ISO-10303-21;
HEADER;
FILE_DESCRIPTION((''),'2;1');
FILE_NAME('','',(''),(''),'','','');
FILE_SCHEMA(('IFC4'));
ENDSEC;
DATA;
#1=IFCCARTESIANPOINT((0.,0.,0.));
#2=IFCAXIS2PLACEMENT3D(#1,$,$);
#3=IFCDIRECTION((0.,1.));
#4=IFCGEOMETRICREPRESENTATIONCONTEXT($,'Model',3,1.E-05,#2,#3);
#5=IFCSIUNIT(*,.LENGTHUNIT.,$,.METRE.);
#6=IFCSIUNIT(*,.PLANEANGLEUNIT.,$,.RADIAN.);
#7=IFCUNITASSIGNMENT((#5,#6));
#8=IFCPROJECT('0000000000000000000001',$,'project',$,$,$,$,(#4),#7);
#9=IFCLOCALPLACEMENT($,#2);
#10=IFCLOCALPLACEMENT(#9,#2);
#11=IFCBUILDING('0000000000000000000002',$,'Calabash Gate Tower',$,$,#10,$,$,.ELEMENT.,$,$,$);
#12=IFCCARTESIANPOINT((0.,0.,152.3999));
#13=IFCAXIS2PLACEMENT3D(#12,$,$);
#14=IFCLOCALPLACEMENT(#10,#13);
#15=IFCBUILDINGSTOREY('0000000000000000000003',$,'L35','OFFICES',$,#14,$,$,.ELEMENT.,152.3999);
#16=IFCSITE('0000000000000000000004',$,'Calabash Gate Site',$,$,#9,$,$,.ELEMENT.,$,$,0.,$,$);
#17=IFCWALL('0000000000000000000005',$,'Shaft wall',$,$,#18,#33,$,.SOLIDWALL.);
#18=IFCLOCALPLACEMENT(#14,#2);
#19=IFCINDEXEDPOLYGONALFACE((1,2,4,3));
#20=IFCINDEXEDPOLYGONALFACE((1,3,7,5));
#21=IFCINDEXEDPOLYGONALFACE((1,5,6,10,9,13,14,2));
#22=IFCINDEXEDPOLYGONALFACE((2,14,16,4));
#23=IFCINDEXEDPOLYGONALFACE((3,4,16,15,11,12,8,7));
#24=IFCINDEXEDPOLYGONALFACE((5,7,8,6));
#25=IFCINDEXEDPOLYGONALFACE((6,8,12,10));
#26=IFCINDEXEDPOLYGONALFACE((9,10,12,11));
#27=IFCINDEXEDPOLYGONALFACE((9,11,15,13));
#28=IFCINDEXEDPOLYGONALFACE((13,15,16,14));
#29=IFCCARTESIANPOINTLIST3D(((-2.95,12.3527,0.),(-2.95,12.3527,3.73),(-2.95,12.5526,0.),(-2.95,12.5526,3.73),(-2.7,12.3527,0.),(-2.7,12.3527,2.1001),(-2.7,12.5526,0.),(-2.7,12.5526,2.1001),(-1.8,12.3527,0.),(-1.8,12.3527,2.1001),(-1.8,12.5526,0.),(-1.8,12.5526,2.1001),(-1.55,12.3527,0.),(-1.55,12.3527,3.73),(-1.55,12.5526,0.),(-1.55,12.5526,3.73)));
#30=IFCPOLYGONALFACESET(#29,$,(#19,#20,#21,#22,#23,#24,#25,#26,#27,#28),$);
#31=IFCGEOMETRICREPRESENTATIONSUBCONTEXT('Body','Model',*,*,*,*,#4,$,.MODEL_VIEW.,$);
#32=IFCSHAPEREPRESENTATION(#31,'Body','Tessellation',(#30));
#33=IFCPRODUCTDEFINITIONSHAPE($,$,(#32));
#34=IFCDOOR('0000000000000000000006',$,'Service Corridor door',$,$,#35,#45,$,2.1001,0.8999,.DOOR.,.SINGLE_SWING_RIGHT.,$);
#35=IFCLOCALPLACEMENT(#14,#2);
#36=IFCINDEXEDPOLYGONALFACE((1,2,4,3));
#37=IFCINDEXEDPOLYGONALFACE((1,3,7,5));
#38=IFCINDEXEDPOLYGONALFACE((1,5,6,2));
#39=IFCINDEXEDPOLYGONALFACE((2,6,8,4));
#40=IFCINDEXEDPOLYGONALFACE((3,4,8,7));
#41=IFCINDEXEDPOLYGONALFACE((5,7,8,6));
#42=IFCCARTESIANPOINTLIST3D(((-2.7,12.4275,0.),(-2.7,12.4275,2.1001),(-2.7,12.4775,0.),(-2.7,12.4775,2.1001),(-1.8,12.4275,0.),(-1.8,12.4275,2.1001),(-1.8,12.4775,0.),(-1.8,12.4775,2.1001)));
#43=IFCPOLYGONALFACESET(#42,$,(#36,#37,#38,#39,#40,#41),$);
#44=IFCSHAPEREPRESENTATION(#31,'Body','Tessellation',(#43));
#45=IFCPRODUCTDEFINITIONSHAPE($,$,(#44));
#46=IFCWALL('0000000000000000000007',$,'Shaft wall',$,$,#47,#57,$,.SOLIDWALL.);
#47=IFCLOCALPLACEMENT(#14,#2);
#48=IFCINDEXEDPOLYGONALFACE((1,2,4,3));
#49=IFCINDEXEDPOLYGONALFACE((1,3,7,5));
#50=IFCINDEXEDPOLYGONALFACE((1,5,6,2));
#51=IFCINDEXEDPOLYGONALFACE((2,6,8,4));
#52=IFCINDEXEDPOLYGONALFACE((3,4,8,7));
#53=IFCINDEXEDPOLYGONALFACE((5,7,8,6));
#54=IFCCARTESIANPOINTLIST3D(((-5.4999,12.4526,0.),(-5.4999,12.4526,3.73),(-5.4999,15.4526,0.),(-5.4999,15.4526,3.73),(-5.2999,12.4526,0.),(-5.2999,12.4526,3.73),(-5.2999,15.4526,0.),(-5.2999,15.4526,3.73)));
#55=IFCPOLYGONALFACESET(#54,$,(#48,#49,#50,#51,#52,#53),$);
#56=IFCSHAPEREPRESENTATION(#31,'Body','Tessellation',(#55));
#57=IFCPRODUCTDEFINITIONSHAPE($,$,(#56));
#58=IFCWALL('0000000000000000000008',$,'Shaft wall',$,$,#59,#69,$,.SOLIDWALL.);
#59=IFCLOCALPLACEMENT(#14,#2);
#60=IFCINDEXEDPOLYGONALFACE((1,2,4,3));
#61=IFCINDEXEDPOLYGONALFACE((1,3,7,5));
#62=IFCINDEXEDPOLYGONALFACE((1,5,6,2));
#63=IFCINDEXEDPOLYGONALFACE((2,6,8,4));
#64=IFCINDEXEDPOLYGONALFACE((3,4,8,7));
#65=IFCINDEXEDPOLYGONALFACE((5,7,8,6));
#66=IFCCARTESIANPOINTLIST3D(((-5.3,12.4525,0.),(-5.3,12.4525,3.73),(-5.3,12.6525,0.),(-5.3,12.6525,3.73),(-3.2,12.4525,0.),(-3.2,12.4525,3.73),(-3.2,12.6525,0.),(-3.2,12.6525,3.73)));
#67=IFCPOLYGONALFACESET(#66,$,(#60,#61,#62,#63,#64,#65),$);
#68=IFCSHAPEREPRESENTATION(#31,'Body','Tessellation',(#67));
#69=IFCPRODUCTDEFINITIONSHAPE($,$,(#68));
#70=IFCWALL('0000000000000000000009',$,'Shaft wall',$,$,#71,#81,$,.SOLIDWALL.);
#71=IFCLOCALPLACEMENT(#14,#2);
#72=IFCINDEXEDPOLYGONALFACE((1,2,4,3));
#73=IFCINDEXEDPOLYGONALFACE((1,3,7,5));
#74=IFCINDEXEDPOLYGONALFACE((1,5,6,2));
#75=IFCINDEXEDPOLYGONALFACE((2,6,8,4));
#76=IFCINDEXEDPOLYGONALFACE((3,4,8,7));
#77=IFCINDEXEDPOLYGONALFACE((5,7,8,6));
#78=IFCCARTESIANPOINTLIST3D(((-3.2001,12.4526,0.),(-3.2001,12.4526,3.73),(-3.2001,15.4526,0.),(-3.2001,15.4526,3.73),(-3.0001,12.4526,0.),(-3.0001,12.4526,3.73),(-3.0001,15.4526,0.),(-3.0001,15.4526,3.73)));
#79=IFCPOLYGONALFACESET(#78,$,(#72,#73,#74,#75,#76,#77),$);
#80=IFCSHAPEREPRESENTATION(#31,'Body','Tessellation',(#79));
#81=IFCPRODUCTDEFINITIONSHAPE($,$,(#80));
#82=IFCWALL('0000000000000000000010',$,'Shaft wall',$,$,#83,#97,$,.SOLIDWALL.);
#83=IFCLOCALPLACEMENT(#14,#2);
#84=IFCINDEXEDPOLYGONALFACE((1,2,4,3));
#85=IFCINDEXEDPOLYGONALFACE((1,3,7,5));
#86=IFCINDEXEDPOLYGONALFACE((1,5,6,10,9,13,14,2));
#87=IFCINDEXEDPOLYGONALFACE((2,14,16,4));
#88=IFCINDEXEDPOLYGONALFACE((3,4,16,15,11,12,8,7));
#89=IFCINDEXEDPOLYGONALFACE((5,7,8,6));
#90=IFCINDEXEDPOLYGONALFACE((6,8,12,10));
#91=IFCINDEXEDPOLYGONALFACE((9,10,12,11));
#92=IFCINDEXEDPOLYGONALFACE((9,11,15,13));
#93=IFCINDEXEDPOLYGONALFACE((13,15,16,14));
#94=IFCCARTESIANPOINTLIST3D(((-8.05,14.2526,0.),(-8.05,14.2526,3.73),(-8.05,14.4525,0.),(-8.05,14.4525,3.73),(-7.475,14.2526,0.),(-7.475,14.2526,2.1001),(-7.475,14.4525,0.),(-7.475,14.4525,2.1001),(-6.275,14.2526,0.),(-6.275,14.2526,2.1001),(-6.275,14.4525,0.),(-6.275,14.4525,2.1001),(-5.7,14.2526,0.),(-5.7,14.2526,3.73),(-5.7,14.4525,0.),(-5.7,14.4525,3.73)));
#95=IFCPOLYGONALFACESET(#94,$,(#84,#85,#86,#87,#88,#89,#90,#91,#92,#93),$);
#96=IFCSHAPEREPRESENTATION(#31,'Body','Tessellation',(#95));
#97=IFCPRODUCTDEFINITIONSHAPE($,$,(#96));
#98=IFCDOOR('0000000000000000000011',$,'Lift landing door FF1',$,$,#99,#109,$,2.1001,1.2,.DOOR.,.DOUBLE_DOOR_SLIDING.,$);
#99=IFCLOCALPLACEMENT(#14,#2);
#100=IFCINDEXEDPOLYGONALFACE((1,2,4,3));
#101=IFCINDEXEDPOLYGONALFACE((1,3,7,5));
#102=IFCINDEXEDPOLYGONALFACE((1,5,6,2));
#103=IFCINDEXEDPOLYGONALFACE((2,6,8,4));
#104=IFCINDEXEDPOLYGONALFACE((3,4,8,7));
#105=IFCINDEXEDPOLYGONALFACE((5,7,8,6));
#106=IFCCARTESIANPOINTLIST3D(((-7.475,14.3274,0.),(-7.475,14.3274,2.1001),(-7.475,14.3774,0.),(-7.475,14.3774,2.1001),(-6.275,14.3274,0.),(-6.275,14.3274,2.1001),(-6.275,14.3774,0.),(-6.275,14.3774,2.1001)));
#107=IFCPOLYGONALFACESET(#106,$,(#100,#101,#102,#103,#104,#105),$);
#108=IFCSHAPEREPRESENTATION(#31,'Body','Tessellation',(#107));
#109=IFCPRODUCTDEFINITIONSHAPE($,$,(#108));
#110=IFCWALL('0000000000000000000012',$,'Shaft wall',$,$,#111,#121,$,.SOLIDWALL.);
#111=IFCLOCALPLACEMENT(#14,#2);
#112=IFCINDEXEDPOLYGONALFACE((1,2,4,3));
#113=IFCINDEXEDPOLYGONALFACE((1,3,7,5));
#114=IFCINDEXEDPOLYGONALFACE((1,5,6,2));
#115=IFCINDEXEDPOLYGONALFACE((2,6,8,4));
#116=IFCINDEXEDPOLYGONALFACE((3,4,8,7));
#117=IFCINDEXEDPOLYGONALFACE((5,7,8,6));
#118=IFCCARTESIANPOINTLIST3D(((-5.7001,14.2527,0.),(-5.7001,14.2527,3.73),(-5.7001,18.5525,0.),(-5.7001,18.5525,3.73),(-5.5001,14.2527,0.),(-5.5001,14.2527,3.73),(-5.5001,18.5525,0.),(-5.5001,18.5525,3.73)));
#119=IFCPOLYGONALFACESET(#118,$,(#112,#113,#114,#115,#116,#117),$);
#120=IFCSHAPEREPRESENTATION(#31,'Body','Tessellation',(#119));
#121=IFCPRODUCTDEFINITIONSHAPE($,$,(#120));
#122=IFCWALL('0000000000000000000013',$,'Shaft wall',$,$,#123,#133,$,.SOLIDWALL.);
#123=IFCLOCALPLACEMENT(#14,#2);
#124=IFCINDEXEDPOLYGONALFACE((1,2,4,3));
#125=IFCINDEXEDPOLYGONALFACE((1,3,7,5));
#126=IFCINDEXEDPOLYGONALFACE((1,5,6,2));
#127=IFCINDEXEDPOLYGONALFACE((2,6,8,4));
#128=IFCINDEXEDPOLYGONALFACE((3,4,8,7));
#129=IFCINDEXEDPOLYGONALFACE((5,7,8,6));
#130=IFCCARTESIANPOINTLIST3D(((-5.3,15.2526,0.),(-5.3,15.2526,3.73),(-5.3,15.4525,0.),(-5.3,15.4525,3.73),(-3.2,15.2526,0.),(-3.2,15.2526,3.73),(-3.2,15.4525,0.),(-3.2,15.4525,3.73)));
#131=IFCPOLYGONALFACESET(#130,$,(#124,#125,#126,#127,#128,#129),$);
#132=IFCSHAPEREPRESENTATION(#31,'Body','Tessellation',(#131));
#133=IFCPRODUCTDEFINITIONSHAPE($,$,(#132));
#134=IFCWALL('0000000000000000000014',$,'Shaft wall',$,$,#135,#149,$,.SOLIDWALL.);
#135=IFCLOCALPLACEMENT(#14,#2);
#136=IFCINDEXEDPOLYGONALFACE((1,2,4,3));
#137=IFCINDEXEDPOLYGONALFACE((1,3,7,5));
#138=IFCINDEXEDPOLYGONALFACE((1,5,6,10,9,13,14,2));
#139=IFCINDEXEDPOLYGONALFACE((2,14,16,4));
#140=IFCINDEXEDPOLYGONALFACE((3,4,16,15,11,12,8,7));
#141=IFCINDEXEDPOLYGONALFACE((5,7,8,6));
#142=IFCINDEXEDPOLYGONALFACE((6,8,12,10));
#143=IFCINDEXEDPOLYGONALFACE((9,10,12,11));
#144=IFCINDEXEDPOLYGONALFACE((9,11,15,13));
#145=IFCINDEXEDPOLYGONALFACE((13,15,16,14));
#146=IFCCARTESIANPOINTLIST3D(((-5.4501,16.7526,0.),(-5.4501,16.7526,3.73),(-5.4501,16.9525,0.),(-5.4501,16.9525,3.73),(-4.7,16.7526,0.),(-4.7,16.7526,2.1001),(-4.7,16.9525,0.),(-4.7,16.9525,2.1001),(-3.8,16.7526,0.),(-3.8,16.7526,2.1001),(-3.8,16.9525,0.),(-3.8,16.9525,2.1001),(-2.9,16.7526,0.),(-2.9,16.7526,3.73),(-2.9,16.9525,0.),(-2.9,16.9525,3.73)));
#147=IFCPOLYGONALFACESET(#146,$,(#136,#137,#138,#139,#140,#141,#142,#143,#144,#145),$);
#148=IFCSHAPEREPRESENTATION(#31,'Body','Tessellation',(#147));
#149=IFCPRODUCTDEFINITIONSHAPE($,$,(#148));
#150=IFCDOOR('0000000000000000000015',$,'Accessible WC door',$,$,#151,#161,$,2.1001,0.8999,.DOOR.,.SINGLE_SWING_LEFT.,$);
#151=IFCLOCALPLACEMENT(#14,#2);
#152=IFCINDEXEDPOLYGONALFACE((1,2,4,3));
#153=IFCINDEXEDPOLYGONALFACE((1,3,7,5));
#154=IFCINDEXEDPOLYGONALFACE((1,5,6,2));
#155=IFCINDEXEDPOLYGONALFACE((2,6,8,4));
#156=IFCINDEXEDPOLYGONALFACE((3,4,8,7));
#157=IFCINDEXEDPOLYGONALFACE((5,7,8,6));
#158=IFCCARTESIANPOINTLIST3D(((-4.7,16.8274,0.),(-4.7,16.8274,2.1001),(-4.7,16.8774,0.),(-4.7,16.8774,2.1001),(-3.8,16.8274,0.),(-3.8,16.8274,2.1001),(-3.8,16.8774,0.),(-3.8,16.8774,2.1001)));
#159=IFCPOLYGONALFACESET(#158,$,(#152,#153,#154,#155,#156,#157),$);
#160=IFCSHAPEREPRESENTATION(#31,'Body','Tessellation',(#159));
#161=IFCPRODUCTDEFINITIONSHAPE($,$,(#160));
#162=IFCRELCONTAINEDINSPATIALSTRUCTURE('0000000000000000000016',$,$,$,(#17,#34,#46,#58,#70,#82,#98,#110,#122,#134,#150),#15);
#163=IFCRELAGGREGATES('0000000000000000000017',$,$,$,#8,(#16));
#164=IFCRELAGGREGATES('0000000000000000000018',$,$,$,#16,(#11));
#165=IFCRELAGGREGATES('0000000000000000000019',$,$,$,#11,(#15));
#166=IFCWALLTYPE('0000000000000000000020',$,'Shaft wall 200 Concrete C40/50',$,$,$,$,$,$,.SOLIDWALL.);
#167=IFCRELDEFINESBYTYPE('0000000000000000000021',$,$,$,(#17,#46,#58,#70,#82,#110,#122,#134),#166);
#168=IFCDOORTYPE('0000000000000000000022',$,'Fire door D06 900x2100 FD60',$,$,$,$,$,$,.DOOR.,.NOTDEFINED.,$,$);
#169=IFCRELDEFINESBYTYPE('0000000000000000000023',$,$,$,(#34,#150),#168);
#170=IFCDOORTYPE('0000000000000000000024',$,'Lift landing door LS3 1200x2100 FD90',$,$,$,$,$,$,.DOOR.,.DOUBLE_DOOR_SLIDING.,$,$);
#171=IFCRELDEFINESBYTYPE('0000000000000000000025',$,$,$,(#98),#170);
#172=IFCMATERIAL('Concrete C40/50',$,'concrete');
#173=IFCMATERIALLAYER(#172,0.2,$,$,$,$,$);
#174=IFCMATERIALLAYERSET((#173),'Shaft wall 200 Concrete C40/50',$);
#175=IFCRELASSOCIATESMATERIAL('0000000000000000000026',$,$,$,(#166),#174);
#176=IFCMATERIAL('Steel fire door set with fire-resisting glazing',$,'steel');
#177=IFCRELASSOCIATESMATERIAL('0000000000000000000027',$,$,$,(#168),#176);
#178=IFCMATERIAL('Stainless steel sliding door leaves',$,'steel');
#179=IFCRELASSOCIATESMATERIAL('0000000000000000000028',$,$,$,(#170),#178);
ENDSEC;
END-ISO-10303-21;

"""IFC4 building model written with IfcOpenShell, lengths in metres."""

from ifc_helpers import new_model, si_unit, direction, frame, frame_2d, origin, place, context, subcontext, project, spatial, rectangle, extrude, material, layer, layer_set, type_object, element, fill, save


model = new_model("IFC4")

# Units and contexts
model_context = context("Model", 3, precision=1e-05, world=origin(), true_north=direction((0.0, 1.0)))
body_context = subcontext(model_context, "Body", "Model", "MODEL_VIEW")
ifc_project = project(units=[si_unit("LENGTHUNIT", "METRE"), si_unit("PLANEANGLEUNIT", "RADIAN")], contexts=[model_context])

# Site, building, storey
site_placement = place(None, origin())
site = spatial("IfcSite", under=ifc_project, at=site_placement, Name="Calabash Gate Site", CompositionType="ELEMENT", RefElevation=0.0)
building_placement = place(site_placement, origin())
building = spatial("IfcBuilding", under=site, at=building_placement, Name="Calabash Gate Tower", CompositionType="ELEMENT")
storey_placement = place(building_placement, frame((0.0, 0.0, 152.3999)))
storey = spatial("IfcBuildingStorey", under=building, at=storey_placement, Name="L35", Description="OFFICES", CompositionType="ELEMENT", Elevation=152.3999)

# Shared definitions
ifc_material_1 = material(Name="Concrete C40/50", Category="concrete")
ifc_layer_1 = layer(ifc_material_1, 0.2)
ifc_layer_set_1 = layer_set([ifc_layer_1], Name="Shaft wall 200 Concrete C40/50")
wall_type_1 = type_object("IfcWallType", Name="Shaft wall 200 Concrete C40/50", PredefinedType="SOLIDWALL", material=ifc_layer_set_1)

# Wall, opening, door
wall_1_placement = place(storey_placement, frame((-2.95, 12.4526, 0.0), z_axis=(0.0, 0.0, 1.0), x_axis=(1.0, 0.0, 0.0)))
wall_1 = element("IfcWall", 1, at=wall_1_placement, inside=storey, type_object=wall_type_1, Name="Shaft wall", PredefinedType="SOLIDWALL", context=body_context, shape_type="SweptSolid", body=[
    extrude(rectangle(XDim=1.3999, YDim=0.2, at=frame_2d((0.7, 0.0))), origin(), (0.0, 0.0, 1.0), 3.73),
])
opening_1_placement = place(wall_1_placement, frame((0.25, 0.0, 0.0)))
opening_1 = element("IfcOpeningElement", 2, at=opening_1_placement, cuts=wall_1, PredefinedType="OPENING", context=body_context, shape_type="SweptSolid", body=[
    extrude(rectangle(XDim=0.8999, YDim=2.1001, at=frame_2d((0.45, 1.05))), frame((0.0, 0.1099, 0.0), z_axis=(0.0, -1.0, 0.0), x_axis=(1.0, 0.0, 0.0)), (0.0, 0.0, 1.0), 0.22),
])
ifc_material_2 = material(Name="Steel fire door set with fire-resisting glazing", Category="steel")
door_type_1 = type_object("IfcDoorType", Name="Fire door D06 900x2100 FD60", OperationType="NOTDEFINED", PredefinedType="DOOR", material=ifc_material_2)
door_1_placement = place(opening_1_placement, origin())
door_1 = element("IfcDoor", 3, at=door_1_placement, inside=storey, type_object=door_type_1, Name="Service Corridor door", OperationType="SINGLE_SWING_RIGHT", OverallHeight=2.1001, OverallWidth=0.8999, PredefinedType="DOOR", context=body_context, shape_type="SweptSolid", body=[
    extrude(rectangle(XDim=0.8999, YDim=2.1001, at=frame_2d((0.45, 1.05))), frame((0.0, 0.0249, 0.0), z_axis=(0.0, -1.0, 0.0), x_axis=(1.0, 0.0, 0.0)), (0.0, 0.0, 1.0), 0.05),
])
fill(opening_1, door_1)

# Walls
wall_2_placement = place(storey_placement, frame((-5.3999, 12.4526, 0.0), z_axis=(0.0, 0.0, 1.0), x_axis=(0.0, 1.0, 0.0)))
element("IfcWall", 4, at=wall_2_placement, inside=storey, type_object=wall_type_1, Name="Shaft wall", PredefinedType="SOLIDWALL", context=body_context, shape_type="SweptSolid", body=[
    extrude(rectangle(XDim=3.0, YDim=0.2, at=frame_2d((1.5, 0.0))), origin(), (0.0, 0.0, 1.0), 3.73),
])
wall_3_placement = place(storey_placement, frame((-5.3, 12.5525, 0.0), z_axis=(0.0, 0.0, 1.0), x_axis=(1.0, 0.0, 0.0)))
element("IfcWall", 5, at=wall_3_placement, inside=storey, type_object=wall_type_1, Name="Shaft wall", PredefinedType="SOLIDWALL", context=body_context, shape_type="SweptSolid", body=[
    extrude(rectangle(XDim=2.1001, YDim=0.2, at=frame_2d((1.05, 0.0))), origin(), (0.0, 0.0, 1.0), 3.73),
])
wall_4_placement = place(storey_placement, frame((-3.1001, 12.4526, 0.0), z_axis=(0.0, 0.0, 1.0), x_axis=(0.0, 1.0, 0.0)))
element("IfcWall", 6, at=wall_4_placement, inside=storey, type_object=wall_type_1, Name="Shaft wall", PredefinedType="SOLIDWALL", context=body_context, shape_type="SweptSolid", body=[
    extrude(rectangle(XDim=3.0, YDim=0.2, at=frame_2d((1.5, 0.0))), origin(), (0.0, 0.0, 1.0), 3.73),
])

# Wall, opening, door
wall_5_placement = place(storey_placement, frame((-8.05, 14.3525, 0.0), z_axis=(0.0, 0.0, 1.0), x_axis=(1.0, 0.0, 0.0)))
wall_5 = element("IfcWall", 7, at=wall_5_placement, inside=storey, type_object=wall_type_1, Name="Shaft wall", PredefinedType="SOLIDWALL", context=body_context, shape_type="SweptSolid", body=[
    extrude(rectangle(XDim=2.3501, YDim=0.2, at=frame_2d((1.175, 0.0))), origin(), (0.0, 0.0, 1.0), 3.73),
])
opening_2_placement = place(wall_5_placement, frame((0.575, 0.0, 0.0)))
opening_2 = element("IfcOpeningElement", 8, at=opening_2_placement, cuts=wall_5, PredefinedType="OPENING", context=body_context, shape_type="SweptSolid", body=[
    extrude(rectangle(XDim=1.2, YDim=2.1001, at=frame_2d((0.6001, 1.05))), frame((0.0, 0.1099, 0.0), z_axis=(0.0, -1.0, 0.0), x_axis=(1.0, 0.0, 0.0)), (0.0, 0.0, 1.0), 0.22),
])
ifc_material_3 = material(Name="Stainless steel sliding door leaves", Category="steel")
door_type_2 = type_object("IfcDoorType", Name="Lift landing door LS3 1200x2100 FD90", OperationType="DOUBLE_DOOR_SLIDING", PredefinedType="DOOR", material=ifc_material_3)
door_2_placement = place(opening_2_placement, origin())
door_2 = element("IfcDoor", 9, at=door_2_placement, inside=storey, type_object=door_type_2, Name="Lift landing door FF1", OperationType="DOUBLE_DOOR_SLIDING", OverallHeight=2.1001, OverallWidth=1.2, PredefinedType="DOOR", context=body_context, shape_type="SweptSolid", body=[
    extrude(rectangle(XDim=1.2, YDim=2.1001, at=frame_2d((0.6001, 1.05))), frame((0.0, 0.0249, 0.0), z_axis=(0.0, -1.0, 0.0), x_axis=(1.0, 0.0, 0.0)), (0.0, 0.0, 1.0), 0.05),
])
fill(opening_2, door_2)

# Walls
wall_6_placement = place(storey_placement, frame((-5.6001, 14.2527, 0.0), z_axis=(0.0, 0.0, 1.0), x_axis=(0.0, 1.0, 0.0)))
element("IfcWall", 10, at=wall_6_placement, inside=storey, type_object=wall_type_1, Name="Shaft wall", PredefinedType="SOLIDWALL", context=body_context, shape_type="SweptSolid", body=[
    extrude(rectangle(XDim=4.2998, YDim=0.2, at=frame_2d((2.1499, 0.0))), origin(), (0.0, 0.0, 1.0), 3.73),
])
wall_7_placement = place(storey_placement, frame((-5.3, 15.3525, 0.0), z_axis=(0.0, 0.0, 1.0), x_axis=(1.0, 0.0, 0.0)))
element("IfcWall", 11, at=wall_7_placement, inside=storey, type_object=wall_type_1, Name="Shaft wall", PredefinedType="SOLIDWALL", context=body_context, shape_type="SweptSolid", body=[
    extrude(rectangle(XDim=2.1001, YDim=0.2, at=frame_2d((1.05, 0.0))), origin(), (0.0, 0.0, 1.0), 3.73),
])

# Wall, opening, door
wall_8_placement = place(storey_placement, frame((-5.45, 16.8525, 0.0), z_axis=(0.0, 0.0, 1.0), x_axis=(1.0, 0.0, 0.0)))
wall_8 = element("IfcWall", 12, at=wall_8_placement, inside=storey, type_object=wall_type_1, Name="Shaft wall", PredefinedType="SOLIDWALL", context=body_context, shape_type="SweptSolid", body=[
    extrude(rectangle(XDim=2.55, YDim=0.2, at=frame_2d((1.2749, 0.0))), origin(), (0.0, 0.0, 1.0), 3.73),
])
opening_3_placement = place(wall_8_placement, frame((0.75, 0.0, 0.0)))
opening_3 = element("IfcOpeningElement", 13, at=opening_3_placement, cuts=wall_8, PredefinedType="OPENING", context=body_context, shape_type="SweptSolid", body=[
    extrude(rectangle(XDim=0.8999, YDim=2.1001, at=frame_2d((0.45, 1.05))), frame((0.0, 0.1099, 0.0), z_axis=(0.0, -1.0, 0.0), x_axis=(1.0, 0.0, 0.0)), (0.0, 0.0, 1.0), 0.22),
])
door_3_placement = place(opening_3_placement, origin())
door_3 = element("IfcDoor", 14, at=door_3_placement, inside=storey, type_object=door_type_1, Name="Accessible WC door", OperationType="SINGLE_SWING_LEFT", OverallHeight=2.1001, OverallWidth=0.8999, PredefinedType="DOOR", context=body_context, shape_type="SweptSolid", body=[
    extrude(rectangle(XDim=0.8999, YDim=2.1001, at=frame_2d((0.45, 1.05))), frame((0.0, 0.0249, 0.0), z_axis=(0.0, -1.0, 0.0), x_axis=(1.0, 0.0, 0.0)), (0.0, 0.0, 1.0), 0.05),
])
fill(opening_3, door_3)

save(model, "model.ifc")
